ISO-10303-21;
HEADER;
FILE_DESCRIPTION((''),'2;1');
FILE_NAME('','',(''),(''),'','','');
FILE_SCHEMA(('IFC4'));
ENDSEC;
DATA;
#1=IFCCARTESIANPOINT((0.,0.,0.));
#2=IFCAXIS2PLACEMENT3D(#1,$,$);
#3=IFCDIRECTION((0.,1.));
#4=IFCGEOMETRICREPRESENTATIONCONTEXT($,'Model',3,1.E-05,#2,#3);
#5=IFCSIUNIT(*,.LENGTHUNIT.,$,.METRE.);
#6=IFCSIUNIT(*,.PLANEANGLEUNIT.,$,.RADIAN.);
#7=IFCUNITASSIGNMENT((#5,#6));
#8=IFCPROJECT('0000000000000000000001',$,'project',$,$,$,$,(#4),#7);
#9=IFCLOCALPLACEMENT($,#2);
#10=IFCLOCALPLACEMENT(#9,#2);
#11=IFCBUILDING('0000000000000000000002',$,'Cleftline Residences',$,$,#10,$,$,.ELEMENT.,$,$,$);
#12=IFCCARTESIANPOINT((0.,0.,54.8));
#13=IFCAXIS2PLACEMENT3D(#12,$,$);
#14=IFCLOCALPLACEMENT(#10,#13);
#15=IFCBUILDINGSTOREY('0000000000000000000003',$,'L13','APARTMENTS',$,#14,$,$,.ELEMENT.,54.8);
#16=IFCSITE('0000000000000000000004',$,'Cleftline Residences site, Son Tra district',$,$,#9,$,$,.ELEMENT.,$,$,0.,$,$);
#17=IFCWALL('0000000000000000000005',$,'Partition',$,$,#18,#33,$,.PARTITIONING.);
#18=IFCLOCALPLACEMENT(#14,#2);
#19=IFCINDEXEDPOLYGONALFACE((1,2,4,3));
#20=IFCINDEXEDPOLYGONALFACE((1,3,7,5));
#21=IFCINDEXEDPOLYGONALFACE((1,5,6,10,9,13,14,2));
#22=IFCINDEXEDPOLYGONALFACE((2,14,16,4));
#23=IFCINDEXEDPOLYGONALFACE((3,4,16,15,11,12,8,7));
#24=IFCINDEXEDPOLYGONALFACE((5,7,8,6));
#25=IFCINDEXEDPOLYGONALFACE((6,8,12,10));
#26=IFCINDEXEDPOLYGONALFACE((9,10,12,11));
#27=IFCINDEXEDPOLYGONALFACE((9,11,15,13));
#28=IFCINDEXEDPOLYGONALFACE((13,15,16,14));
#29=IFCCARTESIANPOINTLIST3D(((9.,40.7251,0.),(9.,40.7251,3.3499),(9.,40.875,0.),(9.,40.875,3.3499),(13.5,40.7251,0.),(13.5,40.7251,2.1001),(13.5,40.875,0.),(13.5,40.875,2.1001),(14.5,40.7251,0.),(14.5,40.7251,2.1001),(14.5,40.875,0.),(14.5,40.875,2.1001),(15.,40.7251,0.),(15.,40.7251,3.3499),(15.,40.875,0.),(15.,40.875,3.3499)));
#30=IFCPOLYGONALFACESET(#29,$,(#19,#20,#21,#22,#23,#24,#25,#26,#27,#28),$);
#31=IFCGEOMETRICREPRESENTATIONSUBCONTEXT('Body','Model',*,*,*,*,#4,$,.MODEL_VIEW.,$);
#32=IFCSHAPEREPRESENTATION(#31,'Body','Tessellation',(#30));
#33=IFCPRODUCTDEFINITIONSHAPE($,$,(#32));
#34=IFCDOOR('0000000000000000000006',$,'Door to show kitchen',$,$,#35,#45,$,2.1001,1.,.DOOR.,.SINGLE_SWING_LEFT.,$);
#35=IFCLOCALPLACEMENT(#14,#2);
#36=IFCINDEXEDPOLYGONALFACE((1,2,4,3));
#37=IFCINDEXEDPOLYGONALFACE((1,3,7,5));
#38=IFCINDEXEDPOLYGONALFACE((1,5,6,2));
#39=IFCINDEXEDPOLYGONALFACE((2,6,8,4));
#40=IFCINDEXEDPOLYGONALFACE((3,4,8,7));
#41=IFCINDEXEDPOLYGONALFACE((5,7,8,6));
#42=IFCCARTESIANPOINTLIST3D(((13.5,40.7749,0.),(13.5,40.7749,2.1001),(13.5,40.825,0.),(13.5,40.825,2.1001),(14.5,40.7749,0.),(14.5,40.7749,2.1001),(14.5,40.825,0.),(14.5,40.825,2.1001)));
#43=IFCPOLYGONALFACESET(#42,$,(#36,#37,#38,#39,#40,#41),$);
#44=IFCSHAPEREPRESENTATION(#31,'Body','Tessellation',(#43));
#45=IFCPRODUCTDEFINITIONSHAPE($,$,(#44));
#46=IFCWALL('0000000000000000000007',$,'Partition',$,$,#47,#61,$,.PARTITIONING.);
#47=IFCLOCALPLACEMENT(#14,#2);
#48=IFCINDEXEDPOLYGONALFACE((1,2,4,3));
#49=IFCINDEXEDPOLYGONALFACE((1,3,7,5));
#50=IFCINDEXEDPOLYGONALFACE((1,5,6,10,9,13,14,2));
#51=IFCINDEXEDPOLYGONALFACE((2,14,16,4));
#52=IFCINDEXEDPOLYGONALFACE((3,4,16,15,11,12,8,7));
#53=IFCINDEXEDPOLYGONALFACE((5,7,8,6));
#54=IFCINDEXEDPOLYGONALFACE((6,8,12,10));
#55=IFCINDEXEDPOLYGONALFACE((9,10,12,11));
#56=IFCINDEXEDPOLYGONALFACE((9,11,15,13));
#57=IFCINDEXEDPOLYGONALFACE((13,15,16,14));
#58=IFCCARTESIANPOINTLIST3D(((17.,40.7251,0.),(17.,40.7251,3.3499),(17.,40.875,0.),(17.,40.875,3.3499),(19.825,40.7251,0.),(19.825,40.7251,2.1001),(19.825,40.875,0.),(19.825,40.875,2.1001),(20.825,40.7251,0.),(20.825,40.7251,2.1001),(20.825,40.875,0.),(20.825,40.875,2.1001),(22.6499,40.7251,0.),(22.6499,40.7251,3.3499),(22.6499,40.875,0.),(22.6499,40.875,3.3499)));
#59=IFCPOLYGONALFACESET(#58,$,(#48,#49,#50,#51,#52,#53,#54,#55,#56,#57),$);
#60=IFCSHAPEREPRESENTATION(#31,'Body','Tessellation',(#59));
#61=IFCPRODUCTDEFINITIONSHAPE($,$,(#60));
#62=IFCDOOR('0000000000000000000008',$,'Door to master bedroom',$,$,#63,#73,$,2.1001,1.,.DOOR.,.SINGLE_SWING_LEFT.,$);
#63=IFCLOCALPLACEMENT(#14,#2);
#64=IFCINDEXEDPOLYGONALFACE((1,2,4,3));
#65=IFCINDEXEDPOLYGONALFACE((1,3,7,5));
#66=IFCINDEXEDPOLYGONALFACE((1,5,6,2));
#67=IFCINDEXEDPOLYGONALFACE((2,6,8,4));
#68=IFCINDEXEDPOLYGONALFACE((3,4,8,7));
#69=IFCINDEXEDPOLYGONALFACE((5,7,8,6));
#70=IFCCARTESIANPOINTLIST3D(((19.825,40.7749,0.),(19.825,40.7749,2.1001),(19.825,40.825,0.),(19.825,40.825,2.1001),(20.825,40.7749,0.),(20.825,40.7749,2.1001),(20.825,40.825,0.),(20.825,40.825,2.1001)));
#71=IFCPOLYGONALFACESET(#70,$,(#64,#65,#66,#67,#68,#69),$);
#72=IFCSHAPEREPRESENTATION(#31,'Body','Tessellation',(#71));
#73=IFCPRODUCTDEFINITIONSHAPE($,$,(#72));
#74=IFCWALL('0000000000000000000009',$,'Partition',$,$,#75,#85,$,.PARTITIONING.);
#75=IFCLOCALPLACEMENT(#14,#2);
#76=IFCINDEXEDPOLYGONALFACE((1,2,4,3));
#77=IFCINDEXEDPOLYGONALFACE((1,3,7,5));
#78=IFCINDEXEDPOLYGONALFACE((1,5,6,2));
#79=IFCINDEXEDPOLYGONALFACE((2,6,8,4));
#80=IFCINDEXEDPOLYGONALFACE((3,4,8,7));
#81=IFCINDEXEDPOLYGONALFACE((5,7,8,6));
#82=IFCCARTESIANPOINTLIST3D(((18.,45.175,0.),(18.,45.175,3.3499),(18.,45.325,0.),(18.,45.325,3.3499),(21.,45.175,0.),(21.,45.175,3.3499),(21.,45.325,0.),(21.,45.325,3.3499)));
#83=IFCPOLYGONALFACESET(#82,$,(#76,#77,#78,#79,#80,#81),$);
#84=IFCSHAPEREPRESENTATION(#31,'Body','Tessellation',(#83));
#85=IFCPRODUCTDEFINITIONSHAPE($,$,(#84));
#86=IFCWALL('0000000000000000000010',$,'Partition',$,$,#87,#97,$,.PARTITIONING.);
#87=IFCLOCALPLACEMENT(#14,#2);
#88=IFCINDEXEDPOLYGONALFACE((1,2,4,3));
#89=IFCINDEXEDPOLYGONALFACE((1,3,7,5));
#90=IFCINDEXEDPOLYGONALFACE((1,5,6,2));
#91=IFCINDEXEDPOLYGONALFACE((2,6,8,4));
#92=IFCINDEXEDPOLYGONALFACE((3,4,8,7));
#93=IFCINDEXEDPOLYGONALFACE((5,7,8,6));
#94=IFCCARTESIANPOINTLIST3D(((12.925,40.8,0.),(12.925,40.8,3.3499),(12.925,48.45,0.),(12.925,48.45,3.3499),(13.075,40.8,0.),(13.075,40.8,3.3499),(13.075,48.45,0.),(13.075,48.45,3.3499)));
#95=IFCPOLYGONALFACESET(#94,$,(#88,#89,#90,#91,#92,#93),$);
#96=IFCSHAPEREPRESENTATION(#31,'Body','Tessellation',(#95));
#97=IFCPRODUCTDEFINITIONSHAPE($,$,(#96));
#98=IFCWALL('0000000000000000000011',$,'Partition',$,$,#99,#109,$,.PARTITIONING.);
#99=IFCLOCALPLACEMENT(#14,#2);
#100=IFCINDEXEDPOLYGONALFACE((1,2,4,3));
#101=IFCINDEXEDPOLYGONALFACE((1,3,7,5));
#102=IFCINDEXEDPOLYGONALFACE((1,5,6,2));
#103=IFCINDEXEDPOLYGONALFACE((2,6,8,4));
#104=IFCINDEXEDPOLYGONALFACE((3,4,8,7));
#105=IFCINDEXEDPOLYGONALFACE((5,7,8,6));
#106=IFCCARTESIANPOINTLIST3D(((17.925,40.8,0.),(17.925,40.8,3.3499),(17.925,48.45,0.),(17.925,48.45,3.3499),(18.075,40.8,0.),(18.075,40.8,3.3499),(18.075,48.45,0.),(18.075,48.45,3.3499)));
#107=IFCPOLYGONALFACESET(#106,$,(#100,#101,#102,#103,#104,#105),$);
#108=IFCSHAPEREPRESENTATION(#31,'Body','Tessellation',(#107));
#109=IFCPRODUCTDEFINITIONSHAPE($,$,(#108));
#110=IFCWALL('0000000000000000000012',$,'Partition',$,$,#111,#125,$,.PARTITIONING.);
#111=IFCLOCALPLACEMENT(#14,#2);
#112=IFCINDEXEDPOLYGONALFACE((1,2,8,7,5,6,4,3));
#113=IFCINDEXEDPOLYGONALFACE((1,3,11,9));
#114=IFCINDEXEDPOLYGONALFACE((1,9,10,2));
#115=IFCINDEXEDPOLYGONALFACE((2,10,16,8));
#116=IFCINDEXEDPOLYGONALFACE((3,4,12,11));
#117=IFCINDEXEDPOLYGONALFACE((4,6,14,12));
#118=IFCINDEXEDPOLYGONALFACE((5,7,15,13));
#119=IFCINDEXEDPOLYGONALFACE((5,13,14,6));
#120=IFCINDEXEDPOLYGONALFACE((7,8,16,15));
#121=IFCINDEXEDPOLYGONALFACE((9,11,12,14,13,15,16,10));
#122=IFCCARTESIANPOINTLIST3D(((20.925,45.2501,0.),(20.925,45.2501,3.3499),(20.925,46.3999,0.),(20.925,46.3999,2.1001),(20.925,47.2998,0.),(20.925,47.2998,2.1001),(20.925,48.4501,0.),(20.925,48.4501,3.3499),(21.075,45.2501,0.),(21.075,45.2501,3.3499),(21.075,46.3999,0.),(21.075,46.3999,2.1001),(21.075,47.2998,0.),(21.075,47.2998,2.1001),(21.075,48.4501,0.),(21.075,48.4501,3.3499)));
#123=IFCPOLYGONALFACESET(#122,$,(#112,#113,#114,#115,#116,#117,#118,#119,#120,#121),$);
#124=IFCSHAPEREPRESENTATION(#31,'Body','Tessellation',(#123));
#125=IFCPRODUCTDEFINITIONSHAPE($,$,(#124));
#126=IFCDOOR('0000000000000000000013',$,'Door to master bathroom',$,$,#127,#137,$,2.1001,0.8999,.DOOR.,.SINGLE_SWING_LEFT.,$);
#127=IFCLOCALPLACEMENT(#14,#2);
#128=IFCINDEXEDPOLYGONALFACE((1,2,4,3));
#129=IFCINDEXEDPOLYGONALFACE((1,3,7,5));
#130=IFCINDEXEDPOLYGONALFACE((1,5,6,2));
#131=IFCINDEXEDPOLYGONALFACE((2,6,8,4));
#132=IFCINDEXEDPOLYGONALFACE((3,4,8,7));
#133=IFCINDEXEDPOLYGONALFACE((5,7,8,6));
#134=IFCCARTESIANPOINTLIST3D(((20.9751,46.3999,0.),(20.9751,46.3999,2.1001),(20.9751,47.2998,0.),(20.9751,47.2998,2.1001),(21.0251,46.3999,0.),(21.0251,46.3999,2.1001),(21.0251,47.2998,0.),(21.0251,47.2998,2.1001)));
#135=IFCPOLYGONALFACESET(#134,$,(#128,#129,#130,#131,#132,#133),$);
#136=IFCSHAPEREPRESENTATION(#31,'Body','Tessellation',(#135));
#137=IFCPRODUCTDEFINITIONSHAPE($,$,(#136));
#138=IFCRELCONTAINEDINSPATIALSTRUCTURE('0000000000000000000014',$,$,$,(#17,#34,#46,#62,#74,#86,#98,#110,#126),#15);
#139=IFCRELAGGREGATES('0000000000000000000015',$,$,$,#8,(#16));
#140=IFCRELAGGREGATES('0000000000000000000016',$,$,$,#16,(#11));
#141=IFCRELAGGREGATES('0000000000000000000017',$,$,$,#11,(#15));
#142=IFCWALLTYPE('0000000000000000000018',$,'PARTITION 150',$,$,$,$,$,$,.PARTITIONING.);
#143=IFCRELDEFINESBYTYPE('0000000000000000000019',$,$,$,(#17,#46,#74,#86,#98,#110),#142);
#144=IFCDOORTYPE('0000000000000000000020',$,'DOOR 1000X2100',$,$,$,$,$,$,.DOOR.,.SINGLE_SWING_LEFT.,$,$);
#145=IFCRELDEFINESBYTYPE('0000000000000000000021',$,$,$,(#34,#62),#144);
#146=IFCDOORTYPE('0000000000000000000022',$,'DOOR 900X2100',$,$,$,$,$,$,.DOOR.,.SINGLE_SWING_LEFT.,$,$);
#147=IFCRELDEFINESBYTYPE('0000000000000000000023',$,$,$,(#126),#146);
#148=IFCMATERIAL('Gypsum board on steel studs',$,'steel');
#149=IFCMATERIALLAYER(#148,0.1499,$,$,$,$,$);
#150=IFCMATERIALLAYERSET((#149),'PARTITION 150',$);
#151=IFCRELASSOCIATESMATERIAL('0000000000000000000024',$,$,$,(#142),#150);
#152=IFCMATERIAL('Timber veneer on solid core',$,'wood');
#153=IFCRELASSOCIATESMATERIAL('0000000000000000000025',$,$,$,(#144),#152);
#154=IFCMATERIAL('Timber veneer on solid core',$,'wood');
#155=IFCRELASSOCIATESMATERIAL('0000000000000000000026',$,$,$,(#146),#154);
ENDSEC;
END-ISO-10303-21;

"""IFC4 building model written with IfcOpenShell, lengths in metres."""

from ifc_helpers import new_model, si_unit, direction, frame, frame_2d, origin, place, context, subcontext, project, spatial, rectangle, extrude, material, layer, layer_set, type_object, element, fill, save


model = new_model("IFC4")

# Units and contexts
model_context = context("Model", 3, precision=1e-05, world=origin(), true_north=direction((0.0, 1.0)))
body_context = subcontext(model_context, "Body", "Model", "MODEL_VIEW")
ifc_project = project(units=[si_unit("LENGTHUNIT", "METRE"), si_unit("PLANEANGLEUNIT", "RADIAN")], contexts=[model_context])

# Site, building, storey
site_placement = place(None, origin())
site = spatial("IfcSite", under=ifc_project, at=site_placement, Name="Cleftline Residences site, Son Tra district", CompositionType="ELEMENT", RefElevation=0.0)
building_placement = place(site_placement, origin())
building = spatial("IfcBuilding", under=site, at=building_placement, Name="Cleftline Residences", CompositionType="ELEMENT")
storey_placement = place(building_placement, frame((0.0, 0.0, 54.8)))
storey = spatial("IfcBuildingStorey", under=building, at=storey_placement, Name="L13", Description="APARTMENTS", CompositionType="ELEMENT", Elevation=54.8)

# Walls, openings, doors
ifc_material_1 = material(Name="Gypsum board on steel studs", Category="steel")
ifc_layer = layer(ifc_material_1, 0.1499)
ifc_layer_set = layer_set([ifc_layer], Name="PARTITION 150")
wall_type = type_object("IfcWallType", Name="PARTITION 150", PredefinedType="PARTITIONING", material=ifc_layer_set)
wall_1_placement = place(storey_placement, frame((9.0, 40.8, 0.0), z_axis=(0.0, 0.0, 1.0), x_axis=(1.0, 0.0, 0.0)))
wall_1 = element("IfcWall", 1, at=wall_1_placement, inside=storey, type_object=wall_type, Name="Partition", PredefinedType="PARTITIONING", context=body_context, shape_type="SweptSolid", body=[
    extrude(rectangle(XDim=6.0, YDim=0.1499, at=frame_2d((3.0, 0.0))), origin(), (0.0, 0.0, 1.0), 3.3499),
])
opening_1_placement = place(wall_1_placement, frame((4.5, 0.0, 0.0)))
opening_1 = element("IfcOpeningElement", 2, at=opening_1_placement, cuts=wall_1, PredefinedType="OPENING", context=body_context, shape_type="SweptSolid", body=[
    extrude(rectangle(XDim=1.0, YDim=2.1001, at=frame_2d((0.5, 1.05))), frame((0.0, 0.085, 0.0), z_axis=(0.0, -1.0, 0.0), x_axis=(1.0, 0.0, 0.0)), (0.0, 0.0, 1.0), 0.1699),
])
ifc_material_2 = material(Name="Timber veneer on solid core", Category="wood")
door_type_1 = type_object("IfcDoorType", Name="DOOR 1000X2100", OperationType="SINGLE_SWING_LEFT", PredefinedType="DOOR", material=ifc_material_2)
door_1_placement = place(opening_1_placement, origin())
door_1 = element("IfcDoor", 3, at=door_1_placement, inside=storey, type_object=door_type_1, Name="Door to show kitchen", OperationType="SINGLE_SWING_LEFT", OverallHeight=2.1001, OverallWidth=1.0, PredefinedType="DOOR", context=body_context, shape_type="SweptSolid", body=[
    extrude(rectangle(XDim=1.0, YDim=2.1001, at=frame_2d((0.5, 1.05))), frame((0.0, 0.0249, 0.0), z_axis=(0.0, -1.0, 0.0), x_axis=(1.0, 0.0, 0.0)), (0.0, 0.0, 1.0), 0.05),
])
fill(opening_1, door_1)
wall_2_placement = place(storey_placement, frame((17.0, 40.8, 0.0), z_axis=(0.0, 0.0, 1.0), x_axis=(1.0, 0.0, 0.0)))
wall_2 = element("IfcWall", 4, at=wall_2_placement, inside=storey, type_object=wall_type, Name="Partition", PredefinedType="PARTITIONING", context=body_context, shape_type="SweptSolid", body=[
    extrude(rectangle(XDim=5.6499, YDim=0.1499, at=frame_2d((2.825, 0.0))), origin(), (0.0, 0.0, 1.0), 3.3499),
])
opening_2_placement = place(wall_2_placement, frame((2.825, 0.0, 0.0)))
opening_2 = element("IfcOpeningElement", 5, at=opening_2_placement, cuts=wall_2, PredefinedType="OPENING", context=body_context, shape_type="SweptSolid", body=[
    extrude(rectangle(XDim=1.0, YDim=2.1001, at=frame_2d((0.5, 1.05))), frame((0.0, 0.085, 0.0), z_axis=(0.0, -1.0, 0.0), x_axis=(1.0, 0.0, 0.0)), (0.0, 0.0, 1.0), 0.1699),
])
door_2_placement = place(opening_2_placement, origin())
door_2 = element("IfcDoor", 6, at=door_2_placement, inside=storey, type_object=door_type_1, Name="Door to master bedroom", OperationType="SINGLE_SWING_LEFT", OverallHeight=2.1001, OverallWidth=1.0, PredefinedType="DOOR", context=body_context, shape_type="SweptSolid", body=[
    extrude(rectangle(XDim=1.0, YDim=2.1001, at=frame_2d((0.5, 1.05))), frame((0.0, 0.0249, 0.0), z_axis=(0.0, -1.0, 0.0), x_axis=(1.0, 0.0, 0.0)), (0.0, 0.0, 1.0), 0.05),
])
fill(opening_2, door_2)

# Walls
wall_3_placement = place(storey_placement, frame((18.0, 45.25, 0.0), z_axis=(0.0, 0.0, 1.0), x_axis=(1.0, 0.0, 0.0)))
element("IfcWall", 7, at=wall_3_placement, inside=storey, type_object=wall_type, Name="Partition", PredefinedType="PARTITIONING", context=body_context, shape_type="SweptSolid", body=[
    extrude(rectangle(XDim=3.0, YDim=0.1499, at=frame_2d((1.5, 0.0))), origin(), (0.0, 0.0, 1.0), 3.3499),
])
for number, where, z_axis, x_axis, name in (
    (8, (13.0, 40.8, 0.0), (0.0, 0.0, 1.0), (0.0, 1.0, 0.0), "Partition"),
    (9, (18.0, 40.8, 0.0), (0.0, 0.0, 1.0), (0.0, 1.0, 0.0), "Partition"),
):
    element("IfcWall", number, at=place(storey_placement, frame(where, z_axis=z_axis, x_axis=x_axis)), inside=storey, type_object=wall_type, Name=name, PredefinedType="PARTITIONING", context=body_context, shape_type="SweptSolid", body=[
        extrude(rectangle(XDim=7.6499, YDim=0.1499, at=frame_2d((3.825, 0.0))), origin(), (0.0, 0.0, 1.0), 3.3499),
    ])

# Wall, opening, door
wall_4_placement = place(storey_placement, frame((21.0, 45.25, 0.0), z_axis=(0.0, 0.0, 1.0), x_axis=(0.0, 1.0, 0.0)))
wall_4 = element("IfcWall", 10, at=wall_4_placement, inside=storey, type_object=wall_type, Name="Partition", PredefinedType="PARTITIONING", context=body_context, shape_type="SweptSolid", body=[
    extrude(rectangle(XDim=3.2, YDim=0.1499, at=frame_2d((1.6001, 0.0))), origin(), (0.0, 0.0, 1.0), 3.3499),
])
opening_3_placement = place(wall_4_placement, frame((1.1499, 0.0, 0.0)))
opening_3 = element("IfcOpeningElement", 11, at=opening_3_placement, cuts=wall_4, PredefinedType="OPENING", context=body_context, shape_type="SweptSolid", body=[
    extrude(rectangle(XDim=0.8999, YDim=2.1001, at=frame_2d((0.45, 1.05))), frame((0.0, 0.085, 0.0), z_axis=(0.0, -1.0, 0.0), x_axis=(1.0, 0.0, 0.0)), (0.0, 0.0, 1.0), 0.1699),
])
ifc_material_3 = material(Name="Timber veneer on solid core", Category="wood")
door_type_2 = type_object("IfcDoorType", Name="DOOR 900X2100", OperationType="SINGLE_SWING_LEFT", PredefinedType="DOOR", material=ifc_material_3)
door_3_placement = place(opening_3_placement, origin())
door_3 = element("IfcDoor", 12, at=door_3_placement, inside=storey, type_object=door_type_2, Name="Door to master bathroom", OperationType="SINGLE_SWING_LEFT", OverallHeight=2.1001, OverallWidth=0.8999, PredefinedType="DOOR", context=body_context, shape_type="SweptSolid", body=[
    extrude(rectangle(XDim=0.8999, YDim=2.1001, at=frame_2d((0.45, 1.05))), frame((0.0, 0.0249, 0.0), z_axis=(0.0, -1.0, 0.0), x_axis=(1.0, 0.0, 0.0)), (0.0, 0.0, 1.0), 0.05),
])
fill(opening_3, door_3)

save(model, "model.ifc")
